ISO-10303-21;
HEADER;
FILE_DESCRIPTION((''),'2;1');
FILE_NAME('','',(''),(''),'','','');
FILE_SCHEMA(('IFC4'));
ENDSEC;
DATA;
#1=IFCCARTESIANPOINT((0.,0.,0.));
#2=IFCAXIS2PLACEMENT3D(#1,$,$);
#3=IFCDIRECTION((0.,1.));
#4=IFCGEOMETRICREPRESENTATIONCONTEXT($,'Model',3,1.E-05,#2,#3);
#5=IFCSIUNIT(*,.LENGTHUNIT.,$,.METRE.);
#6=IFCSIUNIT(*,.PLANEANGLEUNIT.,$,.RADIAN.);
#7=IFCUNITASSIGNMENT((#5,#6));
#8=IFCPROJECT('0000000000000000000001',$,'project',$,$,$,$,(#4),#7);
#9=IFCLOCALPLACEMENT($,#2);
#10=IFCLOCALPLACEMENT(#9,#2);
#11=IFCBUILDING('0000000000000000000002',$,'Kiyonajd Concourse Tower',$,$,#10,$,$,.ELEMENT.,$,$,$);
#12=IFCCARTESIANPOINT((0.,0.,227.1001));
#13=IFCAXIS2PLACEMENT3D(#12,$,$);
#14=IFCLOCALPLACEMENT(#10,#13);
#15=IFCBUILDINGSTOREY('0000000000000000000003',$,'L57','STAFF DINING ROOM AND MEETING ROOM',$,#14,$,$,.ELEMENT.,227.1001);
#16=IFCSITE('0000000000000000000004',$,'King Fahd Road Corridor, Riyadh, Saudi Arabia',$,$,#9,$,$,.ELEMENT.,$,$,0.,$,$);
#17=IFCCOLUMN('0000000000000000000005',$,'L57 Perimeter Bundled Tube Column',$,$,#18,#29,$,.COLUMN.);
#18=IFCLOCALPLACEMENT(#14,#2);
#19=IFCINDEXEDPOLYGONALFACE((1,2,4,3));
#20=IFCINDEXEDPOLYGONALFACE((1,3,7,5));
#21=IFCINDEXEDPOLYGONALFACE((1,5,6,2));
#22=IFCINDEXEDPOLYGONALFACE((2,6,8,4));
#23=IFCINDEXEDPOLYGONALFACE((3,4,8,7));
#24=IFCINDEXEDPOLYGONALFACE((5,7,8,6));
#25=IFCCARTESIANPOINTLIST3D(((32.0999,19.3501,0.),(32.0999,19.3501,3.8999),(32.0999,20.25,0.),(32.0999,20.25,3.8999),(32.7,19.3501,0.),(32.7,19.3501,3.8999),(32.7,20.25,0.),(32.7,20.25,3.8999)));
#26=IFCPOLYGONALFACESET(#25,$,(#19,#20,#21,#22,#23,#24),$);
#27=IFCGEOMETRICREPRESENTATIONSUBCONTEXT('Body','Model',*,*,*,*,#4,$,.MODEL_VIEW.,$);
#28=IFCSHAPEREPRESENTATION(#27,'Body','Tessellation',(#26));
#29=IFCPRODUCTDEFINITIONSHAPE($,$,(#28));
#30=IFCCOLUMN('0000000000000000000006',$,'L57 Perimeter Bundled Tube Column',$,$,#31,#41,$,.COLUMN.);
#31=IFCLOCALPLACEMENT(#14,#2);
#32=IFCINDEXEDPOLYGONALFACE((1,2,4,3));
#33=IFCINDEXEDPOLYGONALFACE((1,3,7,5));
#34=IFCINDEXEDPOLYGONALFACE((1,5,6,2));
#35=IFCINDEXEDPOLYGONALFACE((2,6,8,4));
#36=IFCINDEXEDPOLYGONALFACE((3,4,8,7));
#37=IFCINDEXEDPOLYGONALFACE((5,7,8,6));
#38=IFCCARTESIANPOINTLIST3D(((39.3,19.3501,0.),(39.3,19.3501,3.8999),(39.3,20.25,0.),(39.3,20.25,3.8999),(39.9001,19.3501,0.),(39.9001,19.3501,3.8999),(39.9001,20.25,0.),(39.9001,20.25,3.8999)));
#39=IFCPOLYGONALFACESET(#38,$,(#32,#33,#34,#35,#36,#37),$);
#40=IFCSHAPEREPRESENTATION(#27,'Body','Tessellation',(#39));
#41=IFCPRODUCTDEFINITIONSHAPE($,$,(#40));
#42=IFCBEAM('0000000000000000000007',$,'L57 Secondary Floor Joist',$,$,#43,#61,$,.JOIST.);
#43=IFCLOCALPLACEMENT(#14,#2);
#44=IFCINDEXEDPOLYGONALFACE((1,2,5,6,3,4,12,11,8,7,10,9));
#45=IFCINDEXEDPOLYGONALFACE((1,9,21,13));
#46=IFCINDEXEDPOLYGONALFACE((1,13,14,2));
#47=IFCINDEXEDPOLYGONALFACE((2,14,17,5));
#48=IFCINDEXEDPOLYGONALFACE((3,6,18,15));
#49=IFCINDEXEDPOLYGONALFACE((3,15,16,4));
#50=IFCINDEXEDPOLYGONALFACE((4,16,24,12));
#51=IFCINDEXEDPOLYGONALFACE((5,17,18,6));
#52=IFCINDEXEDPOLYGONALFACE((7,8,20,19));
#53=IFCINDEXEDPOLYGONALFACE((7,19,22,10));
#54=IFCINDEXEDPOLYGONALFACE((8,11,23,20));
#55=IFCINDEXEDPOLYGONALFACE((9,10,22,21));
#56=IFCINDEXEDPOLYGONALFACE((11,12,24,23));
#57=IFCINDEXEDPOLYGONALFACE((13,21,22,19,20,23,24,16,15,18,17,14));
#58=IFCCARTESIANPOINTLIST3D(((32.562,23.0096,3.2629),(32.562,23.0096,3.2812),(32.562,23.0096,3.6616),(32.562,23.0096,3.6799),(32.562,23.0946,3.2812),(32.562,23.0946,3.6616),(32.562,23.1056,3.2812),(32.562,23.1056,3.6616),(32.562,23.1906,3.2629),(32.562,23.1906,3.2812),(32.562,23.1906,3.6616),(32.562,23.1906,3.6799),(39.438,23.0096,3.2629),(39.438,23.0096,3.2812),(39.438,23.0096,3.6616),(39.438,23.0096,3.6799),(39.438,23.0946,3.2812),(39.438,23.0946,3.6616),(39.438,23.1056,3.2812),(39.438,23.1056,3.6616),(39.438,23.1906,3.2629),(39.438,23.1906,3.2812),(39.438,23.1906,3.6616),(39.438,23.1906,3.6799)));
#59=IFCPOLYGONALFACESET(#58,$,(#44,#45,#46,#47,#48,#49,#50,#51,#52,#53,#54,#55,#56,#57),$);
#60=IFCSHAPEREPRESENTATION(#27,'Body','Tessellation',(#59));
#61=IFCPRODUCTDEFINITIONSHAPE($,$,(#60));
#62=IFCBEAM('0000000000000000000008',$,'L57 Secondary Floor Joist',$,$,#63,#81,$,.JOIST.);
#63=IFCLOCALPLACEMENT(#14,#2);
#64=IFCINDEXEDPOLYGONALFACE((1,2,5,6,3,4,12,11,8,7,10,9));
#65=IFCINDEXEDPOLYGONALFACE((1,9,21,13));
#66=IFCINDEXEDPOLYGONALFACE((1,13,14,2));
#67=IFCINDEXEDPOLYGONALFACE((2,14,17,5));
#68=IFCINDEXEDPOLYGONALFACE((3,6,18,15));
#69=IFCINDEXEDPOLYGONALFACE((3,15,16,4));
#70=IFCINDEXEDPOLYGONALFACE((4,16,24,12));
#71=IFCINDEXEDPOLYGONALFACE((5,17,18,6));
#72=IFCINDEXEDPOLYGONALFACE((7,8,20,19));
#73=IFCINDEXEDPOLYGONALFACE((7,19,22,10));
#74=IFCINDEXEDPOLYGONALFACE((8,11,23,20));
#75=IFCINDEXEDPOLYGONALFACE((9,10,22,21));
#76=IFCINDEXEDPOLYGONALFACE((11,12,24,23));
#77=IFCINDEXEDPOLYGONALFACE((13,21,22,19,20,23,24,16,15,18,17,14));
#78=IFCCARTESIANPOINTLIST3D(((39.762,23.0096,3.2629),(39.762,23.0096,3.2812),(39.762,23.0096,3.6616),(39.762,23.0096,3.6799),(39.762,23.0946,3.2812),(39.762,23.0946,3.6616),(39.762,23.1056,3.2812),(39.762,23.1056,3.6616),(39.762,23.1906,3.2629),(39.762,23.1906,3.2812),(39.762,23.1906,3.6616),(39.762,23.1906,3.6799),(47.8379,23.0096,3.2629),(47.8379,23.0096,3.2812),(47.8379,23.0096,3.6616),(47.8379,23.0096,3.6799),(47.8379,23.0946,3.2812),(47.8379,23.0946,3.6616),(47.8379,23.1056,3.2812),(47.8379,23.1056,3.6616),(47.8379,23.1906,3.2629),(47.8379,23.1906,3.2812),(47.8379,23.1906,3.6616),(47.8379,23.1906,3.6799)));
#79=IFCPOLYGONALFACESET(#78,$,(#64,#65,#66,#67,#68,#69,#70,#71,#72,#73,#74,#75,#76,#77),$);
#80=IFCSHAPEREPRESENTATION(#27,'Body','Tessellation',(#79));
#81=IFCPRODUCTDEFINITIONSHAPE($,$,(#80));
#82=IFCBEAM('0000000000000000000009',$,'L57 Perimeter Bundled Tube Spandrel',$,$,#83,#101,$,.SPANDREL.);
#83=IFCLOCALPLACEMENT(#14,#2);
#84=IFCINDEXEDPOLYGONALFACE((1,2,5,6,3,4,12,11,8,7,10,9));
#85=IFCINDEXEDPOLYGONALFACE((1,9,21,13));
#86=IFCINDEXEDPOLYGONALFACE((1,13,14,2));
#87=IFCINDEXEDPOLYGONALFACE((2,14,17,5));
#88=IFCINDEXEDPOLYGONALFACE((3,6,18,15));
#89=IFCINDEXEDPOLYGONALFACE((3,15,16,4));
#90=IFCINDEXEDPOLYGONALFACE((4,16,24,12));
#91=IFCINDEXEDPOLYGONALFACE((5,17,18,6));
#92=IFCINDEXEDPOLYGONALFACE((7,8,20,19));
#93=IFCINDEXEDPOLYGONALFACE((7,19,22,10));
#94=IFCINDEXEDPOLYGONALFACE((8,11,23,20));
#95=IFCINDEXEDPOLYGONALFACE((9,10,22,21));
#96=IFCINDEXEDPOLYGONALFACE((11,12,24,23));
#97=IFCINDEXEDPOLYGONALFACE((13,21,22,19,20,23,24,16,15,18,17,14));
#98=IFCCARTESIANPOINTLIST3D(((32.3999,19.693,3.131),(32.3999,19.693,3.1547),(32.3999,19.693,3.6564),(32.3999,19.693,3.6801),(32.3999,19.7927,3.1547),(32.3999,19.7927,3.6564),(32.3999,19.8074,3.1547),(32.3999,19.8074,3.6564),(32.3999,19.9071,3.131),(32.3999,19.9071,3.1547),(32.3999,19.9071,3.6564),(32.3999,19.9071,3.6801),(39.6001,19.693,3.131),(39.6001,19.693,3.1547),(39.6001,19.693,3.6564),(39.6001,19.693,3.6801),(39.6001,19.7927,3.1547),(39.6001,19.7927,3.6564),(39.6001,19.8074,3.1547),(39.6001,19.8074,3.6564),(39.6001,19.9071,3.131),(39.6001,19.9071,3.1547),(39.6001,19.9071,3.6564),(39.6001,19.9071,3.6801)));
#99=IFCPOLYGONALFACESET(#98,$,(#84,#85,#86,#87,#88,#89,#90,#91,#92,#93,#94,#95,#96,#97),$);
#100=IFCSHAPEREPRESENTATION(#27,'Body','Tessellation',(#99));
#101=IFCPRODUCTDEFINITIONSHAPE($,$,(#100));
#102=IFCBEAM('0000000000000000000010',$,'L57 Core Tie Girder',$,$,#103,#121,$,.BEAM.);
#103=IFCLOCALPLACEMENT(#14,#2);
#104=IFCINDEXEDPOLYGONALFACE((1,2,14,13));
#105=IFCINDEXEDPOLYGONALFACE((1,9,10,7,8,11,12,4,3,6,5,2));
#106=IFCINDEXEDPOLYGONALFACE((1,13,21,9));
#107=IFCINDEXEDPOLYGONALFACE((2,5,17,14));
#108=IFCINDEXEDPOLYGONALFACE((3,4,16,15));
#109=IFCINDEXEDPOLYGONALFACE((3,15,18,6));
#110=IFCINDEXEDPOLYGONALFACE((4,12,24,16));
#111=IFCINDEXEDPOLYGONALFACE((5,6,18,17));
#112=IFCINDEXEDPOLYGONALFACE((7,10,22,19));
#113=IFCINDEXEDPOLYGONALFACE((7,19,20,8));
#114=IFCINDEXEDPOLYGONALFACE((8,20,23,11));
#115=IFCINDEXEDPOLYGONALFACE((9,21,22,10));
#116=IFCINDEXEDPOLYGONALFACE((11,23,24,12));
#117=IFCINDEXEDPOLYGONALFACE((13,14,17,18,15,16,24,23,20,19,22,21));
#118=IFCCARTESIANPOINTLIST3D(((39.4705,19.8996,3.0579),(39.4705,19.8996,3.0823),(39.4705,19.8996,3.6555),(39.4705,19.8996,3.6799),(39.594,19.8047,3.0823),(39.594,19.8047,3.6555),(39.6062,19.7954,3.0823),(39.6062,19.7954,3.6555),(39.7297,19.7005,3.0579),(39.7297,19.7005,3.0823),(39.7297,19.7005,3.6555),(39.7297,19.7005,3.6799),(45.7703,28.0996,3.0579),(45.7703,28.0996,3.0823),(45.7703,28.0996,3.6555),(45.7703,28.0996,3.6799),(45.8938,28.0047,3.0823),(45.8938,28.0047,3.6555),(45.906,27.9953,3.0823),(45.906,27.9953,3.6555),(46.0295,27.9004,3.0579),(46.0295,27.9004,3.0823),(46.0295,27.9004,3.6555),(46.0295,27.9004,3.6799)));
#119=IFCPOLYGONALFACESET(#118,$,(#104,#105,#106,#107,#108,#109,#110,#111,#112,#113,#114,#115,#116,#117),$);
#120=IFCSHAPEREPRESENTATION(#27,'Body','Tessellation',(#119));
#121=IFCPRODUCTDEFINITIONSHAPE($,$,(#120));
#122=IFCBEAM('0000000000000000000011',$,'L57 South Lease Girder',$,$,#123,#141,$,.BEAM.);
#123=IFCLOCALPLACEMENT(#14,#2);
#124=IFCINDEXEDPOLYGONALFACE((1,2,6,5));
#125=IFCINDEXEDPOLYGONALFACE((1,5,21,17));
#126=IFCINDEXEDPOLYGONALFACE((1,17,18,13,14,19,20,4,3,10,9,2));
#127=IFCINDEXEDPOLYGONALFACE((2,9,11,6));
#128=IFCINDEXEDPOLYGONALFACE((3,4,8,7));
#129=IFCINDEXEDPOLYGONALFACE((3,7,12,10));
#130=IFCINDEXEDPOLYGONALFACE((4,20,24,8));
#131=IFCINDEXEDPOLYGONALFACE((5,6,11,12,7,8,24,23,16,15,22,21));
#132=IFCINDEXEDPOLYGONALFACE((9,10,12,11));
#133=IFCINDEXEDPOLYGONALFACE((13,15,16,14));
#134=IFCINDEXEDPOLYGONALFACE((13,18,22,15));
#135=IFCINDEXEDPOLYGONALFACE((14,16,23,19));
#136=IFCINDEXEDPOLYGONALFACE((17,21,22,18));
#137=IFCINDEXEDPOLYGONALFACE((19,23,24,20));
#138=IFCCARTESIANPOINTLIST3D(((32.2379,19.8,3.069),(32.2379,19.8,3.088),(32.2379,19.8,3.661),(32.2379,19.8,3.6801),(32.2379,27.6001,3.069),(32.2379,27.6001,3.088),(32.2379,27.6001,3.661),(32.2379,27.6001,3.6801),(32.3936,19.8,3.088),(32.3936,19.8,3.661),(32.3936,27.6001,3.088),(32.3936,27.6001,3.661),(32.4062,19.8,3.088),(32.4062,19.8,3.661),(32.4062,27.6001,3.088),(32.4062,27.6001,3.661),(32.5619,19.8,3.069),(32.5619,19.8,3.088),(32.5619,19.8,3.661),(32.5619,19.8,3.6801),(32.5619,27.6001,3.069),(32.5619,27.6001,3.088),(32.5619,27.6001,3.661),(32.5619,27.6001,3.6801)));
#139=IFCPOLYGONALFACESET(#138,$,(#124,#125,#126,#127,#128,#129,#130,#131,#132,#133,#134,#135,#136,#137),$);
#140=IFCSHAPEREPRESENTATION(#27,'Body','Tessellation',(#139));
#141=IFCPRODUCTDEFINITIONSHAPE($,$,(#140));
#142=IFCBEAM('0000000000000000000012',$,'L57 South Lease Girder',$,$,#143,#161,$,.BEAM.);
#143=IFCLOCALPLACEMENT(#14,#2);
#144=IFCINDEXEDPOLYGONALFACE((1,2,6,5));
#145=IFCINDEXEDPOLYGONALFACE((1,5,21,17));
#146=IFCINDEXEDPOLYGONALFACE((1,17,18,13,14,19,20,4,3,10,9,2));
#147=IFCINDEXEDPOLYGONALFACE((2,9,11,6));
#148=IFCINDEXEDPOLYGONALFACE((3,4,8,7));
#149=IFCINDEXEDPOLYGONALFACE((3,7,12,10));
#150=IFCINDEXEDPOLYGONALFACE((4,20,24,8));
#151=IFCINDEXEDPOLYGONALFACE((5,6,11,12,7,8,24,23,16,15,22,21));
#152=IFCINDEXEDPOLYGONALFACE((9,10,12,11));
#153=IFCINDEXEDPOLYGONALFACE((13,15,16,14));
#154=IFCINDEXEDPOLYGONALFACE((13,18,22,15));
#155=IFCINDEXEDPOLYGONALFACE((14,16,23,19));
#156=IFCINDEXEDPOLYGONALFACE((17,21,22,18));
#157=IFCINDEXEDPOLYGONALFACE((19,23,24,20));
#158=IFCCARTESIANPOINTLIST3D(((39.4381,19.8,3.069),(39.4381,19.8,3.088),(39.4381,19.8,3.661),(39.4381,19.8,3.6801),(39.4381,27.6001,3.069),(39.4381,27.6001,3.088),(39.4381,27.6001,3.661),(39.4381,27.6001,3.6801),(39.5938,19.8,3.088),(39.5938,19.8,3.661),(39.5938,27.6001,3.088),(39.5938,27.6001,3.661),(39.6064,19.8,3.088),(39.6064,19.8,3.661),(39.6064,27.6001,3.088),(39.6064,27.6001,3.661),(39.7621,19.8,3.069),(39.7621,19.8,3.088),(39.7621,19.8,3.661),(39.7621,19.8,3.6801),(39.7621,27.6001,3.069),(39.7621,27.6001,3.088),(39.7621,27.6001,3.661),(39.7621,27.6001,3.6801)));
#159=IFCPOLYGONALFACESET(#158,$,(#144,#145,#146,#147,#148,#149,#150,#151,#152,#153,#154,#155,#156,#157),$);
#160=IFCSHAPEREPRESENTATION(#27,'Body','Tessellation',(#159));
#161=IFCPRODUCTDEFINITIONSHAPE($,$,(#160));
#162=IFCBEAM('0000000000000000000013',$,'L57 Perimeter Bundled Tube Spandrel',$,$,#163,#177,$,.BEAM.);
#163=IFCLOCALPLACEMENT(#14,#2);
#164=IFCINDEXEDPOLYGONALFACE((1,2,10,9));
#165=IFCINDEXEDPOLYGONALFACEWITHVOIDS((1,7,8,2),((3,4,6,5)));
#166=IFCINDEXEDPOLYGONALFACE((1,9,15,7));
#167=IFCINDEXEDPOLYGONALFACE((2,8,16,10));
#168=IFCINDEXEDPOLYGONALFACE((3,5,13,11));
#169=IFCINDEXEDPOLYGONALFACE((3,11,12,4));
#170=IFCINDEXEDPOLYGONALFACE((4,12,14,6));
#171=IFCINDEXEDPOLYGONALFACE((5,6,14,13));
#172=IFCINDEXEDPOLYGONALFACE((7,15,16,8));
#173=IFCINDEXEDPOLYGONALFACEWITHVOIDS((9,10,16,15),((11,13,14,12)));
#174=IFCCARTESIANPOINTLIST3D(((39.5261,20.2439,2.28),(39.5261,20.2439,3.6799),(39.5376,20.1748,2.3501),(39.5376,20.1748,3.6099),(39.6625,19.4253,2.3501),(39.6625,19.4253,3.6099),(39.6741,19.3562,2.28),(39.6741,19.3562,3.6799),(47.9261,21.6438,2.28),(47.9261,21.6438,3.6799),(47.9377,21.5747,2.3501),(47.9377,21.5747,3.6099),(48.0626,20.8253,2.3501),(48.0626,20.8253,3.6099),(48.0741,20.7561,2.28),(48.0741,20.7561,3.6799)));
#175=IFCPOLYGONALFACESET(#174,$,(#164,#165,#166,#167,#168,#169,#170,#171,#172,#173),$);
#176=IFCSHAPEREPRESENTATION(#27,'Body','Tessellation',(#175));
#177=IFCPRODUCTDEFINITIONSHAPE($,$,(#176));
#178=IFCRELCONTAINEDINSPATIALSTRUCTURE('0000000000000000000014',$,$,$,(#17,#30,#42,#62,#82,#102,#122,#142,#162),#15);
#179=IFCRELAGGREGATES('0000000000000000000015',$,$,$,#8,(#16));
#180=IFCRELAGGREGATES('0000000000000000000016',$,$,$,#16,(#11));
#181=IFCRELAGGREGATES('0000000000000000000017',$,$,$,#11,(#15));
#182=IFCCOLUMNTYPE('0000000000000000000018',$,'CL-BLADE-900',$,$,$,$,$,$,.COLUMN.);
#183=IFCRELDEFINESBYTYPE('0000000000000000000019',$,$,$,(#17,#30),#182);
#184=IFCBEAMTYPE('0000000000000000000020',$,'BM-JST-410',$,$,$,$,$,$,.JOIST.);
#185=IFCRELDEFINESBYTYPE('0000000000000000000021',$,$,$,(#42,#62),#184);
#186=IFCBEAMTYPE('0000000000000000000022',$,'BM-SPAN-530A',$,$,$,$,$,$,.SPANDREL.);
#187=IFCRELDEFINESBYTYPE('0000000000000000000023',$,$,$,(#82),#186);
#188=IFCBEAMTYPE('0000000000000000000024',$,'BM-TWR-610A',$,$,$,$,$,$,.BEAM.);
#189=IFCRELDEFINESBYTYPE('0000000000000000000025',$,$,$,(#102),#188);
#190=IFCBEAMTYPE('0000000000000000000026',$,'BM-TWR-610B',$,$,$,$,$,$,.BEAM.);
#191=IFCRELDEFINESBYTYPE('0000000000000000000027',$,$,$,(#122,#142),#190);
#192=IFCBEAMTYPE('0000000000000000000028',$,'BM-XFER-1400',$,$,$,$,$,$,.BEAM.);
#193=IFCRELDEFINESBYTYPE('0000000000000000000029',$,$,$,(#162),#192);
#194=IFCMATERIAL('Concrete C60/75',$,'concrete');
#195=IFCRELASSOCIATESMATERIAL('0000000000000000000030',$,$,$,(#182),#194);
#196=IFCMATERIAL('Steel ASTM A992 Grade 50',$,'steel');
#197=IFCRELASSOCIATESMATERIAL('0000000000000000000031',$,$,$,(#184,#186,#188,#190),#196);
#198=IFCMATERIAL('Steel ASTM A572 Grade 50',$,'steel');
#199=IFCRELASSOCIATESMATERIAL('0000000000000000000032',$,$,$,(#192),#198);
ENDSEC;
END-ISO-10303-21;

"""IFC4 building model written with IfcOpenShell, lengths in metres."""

from ifc_helpers import new_model, si_unit, direction, frame, origin, origin_2d, place, context, subcontext, project, spatial, rectangle, hollow_rectangle, i_section, extrude, material, material_profile, profile_set, type_object, element, save


model = new_model("IFC4")

# Units and contexts
model_context = context("Model", 3, precision=1e-05, world=origin(), true_north=direction((0.0, 1.0)))
body_context = subcontext(model_context, "Body", "Model", "MODEL_VIEW")
ifc_project = project(units=[si_unit("LENGTHUNIT", "METRE"), si_unit("PLANEANGLEUNIT", "RADIAN")], contexts=[model_context])

# Site, building, storey
site_placement = place(None, origin())
site = spatial("IfcSite", under=ifc_project, at=site_placement, Name="King Fahd Road Corridor, Riyadh, Saudi Arabia", CompositionType="ELEMENT", RefElevation=0.0)
building_placement = place(site_placement, origin())
building = spatial("IfcBuilding", under=site, at=building_placement, Name="Kiyonajd Concourse Tower", CompositionType="ELEMENT")
storey_placement = place(building_placement, frame((0.0, 0.0, 227.1001)))
storey = spatial("IfcBuildingStorey", under=building, at=storey_placement, Name="L57", Description="STAFF DINING ROOM AND MEETING ROOM", CompositionType="ELEMENT", Elevation=227.1001)

# Columns
ifc_material_1 = material(Name="Concrete C60/75", Category="concrete")
ifc_material_profile_1 = material_profile(ifc_material_1, rectangle(XDim=0.6001, YDim=0.8999, at=origin_2d()), Name="RC-900x600")
ifc_profile_set_1 = profile_set([ifc_material_profile_1], Name="Concrete C60/75")
column_type = type_object("IfcColumnType", Name="CL-BLADE-900", PredefinedType="COLUMN", material=ifc_profile_set_1)
for number, where, z_axis, x_axis, name in (
    (1, (32.3999, 19.8, 0.0), (0.0, 0.0, 1.0), (1.0, 0.0, 0.0), "L57 Perimeter Bundled Tube Column"),
    (2, (39.6001, 19.8, 0.0), (0.0, 0.0, 1.0), (1.0, 0.0, 0.0), "L57 Perimeter Bundled Tube Column"),
):
    element("IfcColumn", number, at=place(storey_placement, frame(where, z_axis=z_axis, x_axis=x_axis)), inside=storey, type_object=column_type, Name=name, PredefinedType="COLUMN", context=body_context, shape_type="SweptSolid", body=[
        extrude(rectangle(XDim=0.6001, YDim=0.8999, at=origin_2d()), origin(), (0.0, 0.0, 1.0), 3.8999),
    ])

# Beams
ifc_material_2 = material(Name="Steel ASTM A992 Grade 50", Category="steel")
ifc_material_profile_2 = material_profile(ifc_material_2, i_section(OverallWidth=0.1809, OverallDepth=0.417, WebThickness=0.011, FlangeThickness=0.0183, at=origin_2d()), Name="W410X85")
ifc_profile_set_2 = profile_set([ifc_material_profile_2], Name="Steel ASTM A992 Grade 50")
beam_type_1 = type_object("IfcBeamType", Name="BM-JST-410", PredefinedType="JOIST", material=ifc_profile_set_2)
beam_1_placement = place(storey_placement, frame((32.562, 23.1001, 3.4714), z_axis=(1.0, 0.0, 0.0), x_axis=(0.0, 1.0, 0.0)))
element("IfcBeam", 3, at=beam_1_placement, inside=storey, type_object=beam_type_1, Name="L57 Secondary Floor Joist", PredefinedType="JOIST", context=body_context, shape_type="SweptSolid", body=[
    extrude(i_section(OverallWidth=0.1809, OverallDepth=0.417, WebThickness=0.011, FlangeThickness=0.0183, at=origin_2d()), origin(), (0.0, 0.0, 1.0), 6.876),
])
beam_2_placement = place(storey_placement, frame((39.762, 23.1001, 3.4714), z_axis=(1.0, 0.0, 0.0), x_axis=(0.0, 1.0, 0.0)))
element("IfcBeam", 4, at=beam_2_placement, inside=storey, type_object=beam_type_1, Name="L57 Secondary Floor Joist", PredefinedType="JOIST", context=body_context, shape_type="SweptSolid", body=[
    extrude(i_section(OverallWidth=0.1809, OverallDepth=0.417, WebThickness=0.011, FlangeThickness=0.0183, at=origin_2d()), origin(), (0.0, 0.0, 1.0), 8.0759),
])
ifc_material_profile_3 = material_profile(ifc_material_2, i_section(OverallWidth=0.2141, OverallDepth=0.5491, WebThickness=0.0146, FlangeThickness=0.0237, at=origin_2d()), Name="W530X138")
ifc_profile_set_3 = profile_set([ifc_material_profile_3], Name="Steel ASTM A992 Grade 50")
beam_type_2 = type_object("IfcBeamType", Name="BM-SPAN-530A", PredefinedType="SPANDREL", material=ifc_profile_set_3)
beam_3_placement = place(storey_placement, frame((32.3999, 19.8, 3.4055), z_axis=(1.0, 0.0, 0.0), x_axis=(0.0, 1.0, 0.0)))
element("IfcBeam", 5, at=beam_3_placement, inside=storey, type_object=beam_type_2, Name="L57 Perimeter Bundled Tube Spandrel", PredefinedType="SPANDREL", context=body_context, shape_type="SweptSolid", body=[
    extrude(i_section(OverallWidth=0.2141, OverallDepth=0.5491, WebThickness=0.0146, FlangeThickness=0.0237, at=origin_2d()), origin(), (0.0, 0.0, 1.0), 7.2002),
])
ifc_material_profile_4 = material_profile(ifc_material_2, i_section(OverallWidth=0.3269, OverallDepth=0.6221, WebThickness=0.0154, FlangeThickness=0.0244, at=origin_2d()), Name="W610X195")
ifc_profile_set_4 = profile_set([ifc_material_profile_4], Name="Steel ASTM A992 Grade 50")
beam_type_3 = type_object("IfcBeamType", Name="BM-TWR-610A", PredefinedType="BEAM", material=ifc_profile_set_4)
beam_4_placement = place(storey_placement, frame((39.6001, 19.8, 3.3689), z_axis=(0.609234, 0.792991, 0.0), x_axis=(-0.792991, 0.609234, 0.0)))
element("IfcBeam", 6, at=beam_4_placement, inside=storey, type_object=beam_type_3, Name="L57 Core Tie Girder", PredefinedType="BEAM", context=body_context, shape_type="SweptSolid", body=[
    extrude(i_section(OverallWidth=0.3269, OverallDepth=0.6221, WebThickness=0.0154, FlangeThickness=0.0244, at=origin_2d()), origin(), (0.0, 0.0, 1.0), 10.3406),
])
ifc_material_profile_5 = material_profile(ifc_material_2, i_section(OverallWidth=0.324, OverallDepth=0.6111, WebThickness=0.0127, FlangeThickness=0.019, at=origin_2d()), Name="W610X155")
ifc_profile_set_5 = profile_set([ifc_material_profile_5], Name="Steel ASTM A992 Grade 50")
beam_type_4 = type_object("IfcBeamType", Name="BM-TWR-610B", PredefinedType="BEAM", material=ifc_profile_set_5)
for number, where, z_axis, x_axis, name in (
    (7, (32.3999, 19.8, 3.3745), (0.0, 1.0, 0.0), (-1.0, 0.0, 0.0), "L57 South Lease Girder"),
    (8, (39.6001, 19.8, 3.3745), (0.0, 1.0, 0.0), (-1.0, 0.0, 0.0), "L57 South Lease Girder"),
):
    element("IfcBeam", number, at=place(storey_placement, frame(where, z_axis=z_axis, x_axis=x_axis)), inside=storey, type_object=beam_type_4, Name=name, PredefinedType="BEAM", context=body_context, shape_type="SweptSolid", body=[
        extrude(i_section(OverallWidth=0.324, OverallDepth=0.6111, WebThickness=0.0127, FlangeThickness=0.019, at=origin_2d()), origin(), (0.0, 0.0, 1.0), 7.8),
    ])
ifc_material_3 = material(Name="Steel ASTM A572 Grade 50", Category="steel")
ifc_material_profile_6 = material_profile(ifc_material_3, hollow_rectangle(XDim=0.8999, YDim=1.3999, WallThickness=0.0701, at=origin_2d()), Name="BOX-1400x900x70")
ifc_profile_set_6 = profile_set([ifc_material_profile_6], Name="Steel ASTM A572 Grade 50")
beam_type_5 = type_object("IfcBeamType", Name="BM-XFER-1400", PredefinedType="BEAM", material=ifc_profile_set_6)
beam_5_placement = place(storey_placement, frame((39.6001, 19.8, 2.98), z_axis=(0.986395, 0.16439, 0.0), x_axis=(-0.16439, 0.986395, 0.0)))
element("IfcBeam", 9, at=beam_5_placement, inside=storey, type_object=beam_type_5, Name="L57 Perimeter Bundled Tube Spandrel", PredefinedType="BEAM", context=body_context, shape_type="SweptSolid", body=[
    extrude(hollow_rectangle(XDim=0.8999, YDim=1.3999, WallThickness=0.0701, at=origin_2d()), origin(), (0.0, 0.0, 1.0), 8.5159),
])

save(model, "model.ifc")
